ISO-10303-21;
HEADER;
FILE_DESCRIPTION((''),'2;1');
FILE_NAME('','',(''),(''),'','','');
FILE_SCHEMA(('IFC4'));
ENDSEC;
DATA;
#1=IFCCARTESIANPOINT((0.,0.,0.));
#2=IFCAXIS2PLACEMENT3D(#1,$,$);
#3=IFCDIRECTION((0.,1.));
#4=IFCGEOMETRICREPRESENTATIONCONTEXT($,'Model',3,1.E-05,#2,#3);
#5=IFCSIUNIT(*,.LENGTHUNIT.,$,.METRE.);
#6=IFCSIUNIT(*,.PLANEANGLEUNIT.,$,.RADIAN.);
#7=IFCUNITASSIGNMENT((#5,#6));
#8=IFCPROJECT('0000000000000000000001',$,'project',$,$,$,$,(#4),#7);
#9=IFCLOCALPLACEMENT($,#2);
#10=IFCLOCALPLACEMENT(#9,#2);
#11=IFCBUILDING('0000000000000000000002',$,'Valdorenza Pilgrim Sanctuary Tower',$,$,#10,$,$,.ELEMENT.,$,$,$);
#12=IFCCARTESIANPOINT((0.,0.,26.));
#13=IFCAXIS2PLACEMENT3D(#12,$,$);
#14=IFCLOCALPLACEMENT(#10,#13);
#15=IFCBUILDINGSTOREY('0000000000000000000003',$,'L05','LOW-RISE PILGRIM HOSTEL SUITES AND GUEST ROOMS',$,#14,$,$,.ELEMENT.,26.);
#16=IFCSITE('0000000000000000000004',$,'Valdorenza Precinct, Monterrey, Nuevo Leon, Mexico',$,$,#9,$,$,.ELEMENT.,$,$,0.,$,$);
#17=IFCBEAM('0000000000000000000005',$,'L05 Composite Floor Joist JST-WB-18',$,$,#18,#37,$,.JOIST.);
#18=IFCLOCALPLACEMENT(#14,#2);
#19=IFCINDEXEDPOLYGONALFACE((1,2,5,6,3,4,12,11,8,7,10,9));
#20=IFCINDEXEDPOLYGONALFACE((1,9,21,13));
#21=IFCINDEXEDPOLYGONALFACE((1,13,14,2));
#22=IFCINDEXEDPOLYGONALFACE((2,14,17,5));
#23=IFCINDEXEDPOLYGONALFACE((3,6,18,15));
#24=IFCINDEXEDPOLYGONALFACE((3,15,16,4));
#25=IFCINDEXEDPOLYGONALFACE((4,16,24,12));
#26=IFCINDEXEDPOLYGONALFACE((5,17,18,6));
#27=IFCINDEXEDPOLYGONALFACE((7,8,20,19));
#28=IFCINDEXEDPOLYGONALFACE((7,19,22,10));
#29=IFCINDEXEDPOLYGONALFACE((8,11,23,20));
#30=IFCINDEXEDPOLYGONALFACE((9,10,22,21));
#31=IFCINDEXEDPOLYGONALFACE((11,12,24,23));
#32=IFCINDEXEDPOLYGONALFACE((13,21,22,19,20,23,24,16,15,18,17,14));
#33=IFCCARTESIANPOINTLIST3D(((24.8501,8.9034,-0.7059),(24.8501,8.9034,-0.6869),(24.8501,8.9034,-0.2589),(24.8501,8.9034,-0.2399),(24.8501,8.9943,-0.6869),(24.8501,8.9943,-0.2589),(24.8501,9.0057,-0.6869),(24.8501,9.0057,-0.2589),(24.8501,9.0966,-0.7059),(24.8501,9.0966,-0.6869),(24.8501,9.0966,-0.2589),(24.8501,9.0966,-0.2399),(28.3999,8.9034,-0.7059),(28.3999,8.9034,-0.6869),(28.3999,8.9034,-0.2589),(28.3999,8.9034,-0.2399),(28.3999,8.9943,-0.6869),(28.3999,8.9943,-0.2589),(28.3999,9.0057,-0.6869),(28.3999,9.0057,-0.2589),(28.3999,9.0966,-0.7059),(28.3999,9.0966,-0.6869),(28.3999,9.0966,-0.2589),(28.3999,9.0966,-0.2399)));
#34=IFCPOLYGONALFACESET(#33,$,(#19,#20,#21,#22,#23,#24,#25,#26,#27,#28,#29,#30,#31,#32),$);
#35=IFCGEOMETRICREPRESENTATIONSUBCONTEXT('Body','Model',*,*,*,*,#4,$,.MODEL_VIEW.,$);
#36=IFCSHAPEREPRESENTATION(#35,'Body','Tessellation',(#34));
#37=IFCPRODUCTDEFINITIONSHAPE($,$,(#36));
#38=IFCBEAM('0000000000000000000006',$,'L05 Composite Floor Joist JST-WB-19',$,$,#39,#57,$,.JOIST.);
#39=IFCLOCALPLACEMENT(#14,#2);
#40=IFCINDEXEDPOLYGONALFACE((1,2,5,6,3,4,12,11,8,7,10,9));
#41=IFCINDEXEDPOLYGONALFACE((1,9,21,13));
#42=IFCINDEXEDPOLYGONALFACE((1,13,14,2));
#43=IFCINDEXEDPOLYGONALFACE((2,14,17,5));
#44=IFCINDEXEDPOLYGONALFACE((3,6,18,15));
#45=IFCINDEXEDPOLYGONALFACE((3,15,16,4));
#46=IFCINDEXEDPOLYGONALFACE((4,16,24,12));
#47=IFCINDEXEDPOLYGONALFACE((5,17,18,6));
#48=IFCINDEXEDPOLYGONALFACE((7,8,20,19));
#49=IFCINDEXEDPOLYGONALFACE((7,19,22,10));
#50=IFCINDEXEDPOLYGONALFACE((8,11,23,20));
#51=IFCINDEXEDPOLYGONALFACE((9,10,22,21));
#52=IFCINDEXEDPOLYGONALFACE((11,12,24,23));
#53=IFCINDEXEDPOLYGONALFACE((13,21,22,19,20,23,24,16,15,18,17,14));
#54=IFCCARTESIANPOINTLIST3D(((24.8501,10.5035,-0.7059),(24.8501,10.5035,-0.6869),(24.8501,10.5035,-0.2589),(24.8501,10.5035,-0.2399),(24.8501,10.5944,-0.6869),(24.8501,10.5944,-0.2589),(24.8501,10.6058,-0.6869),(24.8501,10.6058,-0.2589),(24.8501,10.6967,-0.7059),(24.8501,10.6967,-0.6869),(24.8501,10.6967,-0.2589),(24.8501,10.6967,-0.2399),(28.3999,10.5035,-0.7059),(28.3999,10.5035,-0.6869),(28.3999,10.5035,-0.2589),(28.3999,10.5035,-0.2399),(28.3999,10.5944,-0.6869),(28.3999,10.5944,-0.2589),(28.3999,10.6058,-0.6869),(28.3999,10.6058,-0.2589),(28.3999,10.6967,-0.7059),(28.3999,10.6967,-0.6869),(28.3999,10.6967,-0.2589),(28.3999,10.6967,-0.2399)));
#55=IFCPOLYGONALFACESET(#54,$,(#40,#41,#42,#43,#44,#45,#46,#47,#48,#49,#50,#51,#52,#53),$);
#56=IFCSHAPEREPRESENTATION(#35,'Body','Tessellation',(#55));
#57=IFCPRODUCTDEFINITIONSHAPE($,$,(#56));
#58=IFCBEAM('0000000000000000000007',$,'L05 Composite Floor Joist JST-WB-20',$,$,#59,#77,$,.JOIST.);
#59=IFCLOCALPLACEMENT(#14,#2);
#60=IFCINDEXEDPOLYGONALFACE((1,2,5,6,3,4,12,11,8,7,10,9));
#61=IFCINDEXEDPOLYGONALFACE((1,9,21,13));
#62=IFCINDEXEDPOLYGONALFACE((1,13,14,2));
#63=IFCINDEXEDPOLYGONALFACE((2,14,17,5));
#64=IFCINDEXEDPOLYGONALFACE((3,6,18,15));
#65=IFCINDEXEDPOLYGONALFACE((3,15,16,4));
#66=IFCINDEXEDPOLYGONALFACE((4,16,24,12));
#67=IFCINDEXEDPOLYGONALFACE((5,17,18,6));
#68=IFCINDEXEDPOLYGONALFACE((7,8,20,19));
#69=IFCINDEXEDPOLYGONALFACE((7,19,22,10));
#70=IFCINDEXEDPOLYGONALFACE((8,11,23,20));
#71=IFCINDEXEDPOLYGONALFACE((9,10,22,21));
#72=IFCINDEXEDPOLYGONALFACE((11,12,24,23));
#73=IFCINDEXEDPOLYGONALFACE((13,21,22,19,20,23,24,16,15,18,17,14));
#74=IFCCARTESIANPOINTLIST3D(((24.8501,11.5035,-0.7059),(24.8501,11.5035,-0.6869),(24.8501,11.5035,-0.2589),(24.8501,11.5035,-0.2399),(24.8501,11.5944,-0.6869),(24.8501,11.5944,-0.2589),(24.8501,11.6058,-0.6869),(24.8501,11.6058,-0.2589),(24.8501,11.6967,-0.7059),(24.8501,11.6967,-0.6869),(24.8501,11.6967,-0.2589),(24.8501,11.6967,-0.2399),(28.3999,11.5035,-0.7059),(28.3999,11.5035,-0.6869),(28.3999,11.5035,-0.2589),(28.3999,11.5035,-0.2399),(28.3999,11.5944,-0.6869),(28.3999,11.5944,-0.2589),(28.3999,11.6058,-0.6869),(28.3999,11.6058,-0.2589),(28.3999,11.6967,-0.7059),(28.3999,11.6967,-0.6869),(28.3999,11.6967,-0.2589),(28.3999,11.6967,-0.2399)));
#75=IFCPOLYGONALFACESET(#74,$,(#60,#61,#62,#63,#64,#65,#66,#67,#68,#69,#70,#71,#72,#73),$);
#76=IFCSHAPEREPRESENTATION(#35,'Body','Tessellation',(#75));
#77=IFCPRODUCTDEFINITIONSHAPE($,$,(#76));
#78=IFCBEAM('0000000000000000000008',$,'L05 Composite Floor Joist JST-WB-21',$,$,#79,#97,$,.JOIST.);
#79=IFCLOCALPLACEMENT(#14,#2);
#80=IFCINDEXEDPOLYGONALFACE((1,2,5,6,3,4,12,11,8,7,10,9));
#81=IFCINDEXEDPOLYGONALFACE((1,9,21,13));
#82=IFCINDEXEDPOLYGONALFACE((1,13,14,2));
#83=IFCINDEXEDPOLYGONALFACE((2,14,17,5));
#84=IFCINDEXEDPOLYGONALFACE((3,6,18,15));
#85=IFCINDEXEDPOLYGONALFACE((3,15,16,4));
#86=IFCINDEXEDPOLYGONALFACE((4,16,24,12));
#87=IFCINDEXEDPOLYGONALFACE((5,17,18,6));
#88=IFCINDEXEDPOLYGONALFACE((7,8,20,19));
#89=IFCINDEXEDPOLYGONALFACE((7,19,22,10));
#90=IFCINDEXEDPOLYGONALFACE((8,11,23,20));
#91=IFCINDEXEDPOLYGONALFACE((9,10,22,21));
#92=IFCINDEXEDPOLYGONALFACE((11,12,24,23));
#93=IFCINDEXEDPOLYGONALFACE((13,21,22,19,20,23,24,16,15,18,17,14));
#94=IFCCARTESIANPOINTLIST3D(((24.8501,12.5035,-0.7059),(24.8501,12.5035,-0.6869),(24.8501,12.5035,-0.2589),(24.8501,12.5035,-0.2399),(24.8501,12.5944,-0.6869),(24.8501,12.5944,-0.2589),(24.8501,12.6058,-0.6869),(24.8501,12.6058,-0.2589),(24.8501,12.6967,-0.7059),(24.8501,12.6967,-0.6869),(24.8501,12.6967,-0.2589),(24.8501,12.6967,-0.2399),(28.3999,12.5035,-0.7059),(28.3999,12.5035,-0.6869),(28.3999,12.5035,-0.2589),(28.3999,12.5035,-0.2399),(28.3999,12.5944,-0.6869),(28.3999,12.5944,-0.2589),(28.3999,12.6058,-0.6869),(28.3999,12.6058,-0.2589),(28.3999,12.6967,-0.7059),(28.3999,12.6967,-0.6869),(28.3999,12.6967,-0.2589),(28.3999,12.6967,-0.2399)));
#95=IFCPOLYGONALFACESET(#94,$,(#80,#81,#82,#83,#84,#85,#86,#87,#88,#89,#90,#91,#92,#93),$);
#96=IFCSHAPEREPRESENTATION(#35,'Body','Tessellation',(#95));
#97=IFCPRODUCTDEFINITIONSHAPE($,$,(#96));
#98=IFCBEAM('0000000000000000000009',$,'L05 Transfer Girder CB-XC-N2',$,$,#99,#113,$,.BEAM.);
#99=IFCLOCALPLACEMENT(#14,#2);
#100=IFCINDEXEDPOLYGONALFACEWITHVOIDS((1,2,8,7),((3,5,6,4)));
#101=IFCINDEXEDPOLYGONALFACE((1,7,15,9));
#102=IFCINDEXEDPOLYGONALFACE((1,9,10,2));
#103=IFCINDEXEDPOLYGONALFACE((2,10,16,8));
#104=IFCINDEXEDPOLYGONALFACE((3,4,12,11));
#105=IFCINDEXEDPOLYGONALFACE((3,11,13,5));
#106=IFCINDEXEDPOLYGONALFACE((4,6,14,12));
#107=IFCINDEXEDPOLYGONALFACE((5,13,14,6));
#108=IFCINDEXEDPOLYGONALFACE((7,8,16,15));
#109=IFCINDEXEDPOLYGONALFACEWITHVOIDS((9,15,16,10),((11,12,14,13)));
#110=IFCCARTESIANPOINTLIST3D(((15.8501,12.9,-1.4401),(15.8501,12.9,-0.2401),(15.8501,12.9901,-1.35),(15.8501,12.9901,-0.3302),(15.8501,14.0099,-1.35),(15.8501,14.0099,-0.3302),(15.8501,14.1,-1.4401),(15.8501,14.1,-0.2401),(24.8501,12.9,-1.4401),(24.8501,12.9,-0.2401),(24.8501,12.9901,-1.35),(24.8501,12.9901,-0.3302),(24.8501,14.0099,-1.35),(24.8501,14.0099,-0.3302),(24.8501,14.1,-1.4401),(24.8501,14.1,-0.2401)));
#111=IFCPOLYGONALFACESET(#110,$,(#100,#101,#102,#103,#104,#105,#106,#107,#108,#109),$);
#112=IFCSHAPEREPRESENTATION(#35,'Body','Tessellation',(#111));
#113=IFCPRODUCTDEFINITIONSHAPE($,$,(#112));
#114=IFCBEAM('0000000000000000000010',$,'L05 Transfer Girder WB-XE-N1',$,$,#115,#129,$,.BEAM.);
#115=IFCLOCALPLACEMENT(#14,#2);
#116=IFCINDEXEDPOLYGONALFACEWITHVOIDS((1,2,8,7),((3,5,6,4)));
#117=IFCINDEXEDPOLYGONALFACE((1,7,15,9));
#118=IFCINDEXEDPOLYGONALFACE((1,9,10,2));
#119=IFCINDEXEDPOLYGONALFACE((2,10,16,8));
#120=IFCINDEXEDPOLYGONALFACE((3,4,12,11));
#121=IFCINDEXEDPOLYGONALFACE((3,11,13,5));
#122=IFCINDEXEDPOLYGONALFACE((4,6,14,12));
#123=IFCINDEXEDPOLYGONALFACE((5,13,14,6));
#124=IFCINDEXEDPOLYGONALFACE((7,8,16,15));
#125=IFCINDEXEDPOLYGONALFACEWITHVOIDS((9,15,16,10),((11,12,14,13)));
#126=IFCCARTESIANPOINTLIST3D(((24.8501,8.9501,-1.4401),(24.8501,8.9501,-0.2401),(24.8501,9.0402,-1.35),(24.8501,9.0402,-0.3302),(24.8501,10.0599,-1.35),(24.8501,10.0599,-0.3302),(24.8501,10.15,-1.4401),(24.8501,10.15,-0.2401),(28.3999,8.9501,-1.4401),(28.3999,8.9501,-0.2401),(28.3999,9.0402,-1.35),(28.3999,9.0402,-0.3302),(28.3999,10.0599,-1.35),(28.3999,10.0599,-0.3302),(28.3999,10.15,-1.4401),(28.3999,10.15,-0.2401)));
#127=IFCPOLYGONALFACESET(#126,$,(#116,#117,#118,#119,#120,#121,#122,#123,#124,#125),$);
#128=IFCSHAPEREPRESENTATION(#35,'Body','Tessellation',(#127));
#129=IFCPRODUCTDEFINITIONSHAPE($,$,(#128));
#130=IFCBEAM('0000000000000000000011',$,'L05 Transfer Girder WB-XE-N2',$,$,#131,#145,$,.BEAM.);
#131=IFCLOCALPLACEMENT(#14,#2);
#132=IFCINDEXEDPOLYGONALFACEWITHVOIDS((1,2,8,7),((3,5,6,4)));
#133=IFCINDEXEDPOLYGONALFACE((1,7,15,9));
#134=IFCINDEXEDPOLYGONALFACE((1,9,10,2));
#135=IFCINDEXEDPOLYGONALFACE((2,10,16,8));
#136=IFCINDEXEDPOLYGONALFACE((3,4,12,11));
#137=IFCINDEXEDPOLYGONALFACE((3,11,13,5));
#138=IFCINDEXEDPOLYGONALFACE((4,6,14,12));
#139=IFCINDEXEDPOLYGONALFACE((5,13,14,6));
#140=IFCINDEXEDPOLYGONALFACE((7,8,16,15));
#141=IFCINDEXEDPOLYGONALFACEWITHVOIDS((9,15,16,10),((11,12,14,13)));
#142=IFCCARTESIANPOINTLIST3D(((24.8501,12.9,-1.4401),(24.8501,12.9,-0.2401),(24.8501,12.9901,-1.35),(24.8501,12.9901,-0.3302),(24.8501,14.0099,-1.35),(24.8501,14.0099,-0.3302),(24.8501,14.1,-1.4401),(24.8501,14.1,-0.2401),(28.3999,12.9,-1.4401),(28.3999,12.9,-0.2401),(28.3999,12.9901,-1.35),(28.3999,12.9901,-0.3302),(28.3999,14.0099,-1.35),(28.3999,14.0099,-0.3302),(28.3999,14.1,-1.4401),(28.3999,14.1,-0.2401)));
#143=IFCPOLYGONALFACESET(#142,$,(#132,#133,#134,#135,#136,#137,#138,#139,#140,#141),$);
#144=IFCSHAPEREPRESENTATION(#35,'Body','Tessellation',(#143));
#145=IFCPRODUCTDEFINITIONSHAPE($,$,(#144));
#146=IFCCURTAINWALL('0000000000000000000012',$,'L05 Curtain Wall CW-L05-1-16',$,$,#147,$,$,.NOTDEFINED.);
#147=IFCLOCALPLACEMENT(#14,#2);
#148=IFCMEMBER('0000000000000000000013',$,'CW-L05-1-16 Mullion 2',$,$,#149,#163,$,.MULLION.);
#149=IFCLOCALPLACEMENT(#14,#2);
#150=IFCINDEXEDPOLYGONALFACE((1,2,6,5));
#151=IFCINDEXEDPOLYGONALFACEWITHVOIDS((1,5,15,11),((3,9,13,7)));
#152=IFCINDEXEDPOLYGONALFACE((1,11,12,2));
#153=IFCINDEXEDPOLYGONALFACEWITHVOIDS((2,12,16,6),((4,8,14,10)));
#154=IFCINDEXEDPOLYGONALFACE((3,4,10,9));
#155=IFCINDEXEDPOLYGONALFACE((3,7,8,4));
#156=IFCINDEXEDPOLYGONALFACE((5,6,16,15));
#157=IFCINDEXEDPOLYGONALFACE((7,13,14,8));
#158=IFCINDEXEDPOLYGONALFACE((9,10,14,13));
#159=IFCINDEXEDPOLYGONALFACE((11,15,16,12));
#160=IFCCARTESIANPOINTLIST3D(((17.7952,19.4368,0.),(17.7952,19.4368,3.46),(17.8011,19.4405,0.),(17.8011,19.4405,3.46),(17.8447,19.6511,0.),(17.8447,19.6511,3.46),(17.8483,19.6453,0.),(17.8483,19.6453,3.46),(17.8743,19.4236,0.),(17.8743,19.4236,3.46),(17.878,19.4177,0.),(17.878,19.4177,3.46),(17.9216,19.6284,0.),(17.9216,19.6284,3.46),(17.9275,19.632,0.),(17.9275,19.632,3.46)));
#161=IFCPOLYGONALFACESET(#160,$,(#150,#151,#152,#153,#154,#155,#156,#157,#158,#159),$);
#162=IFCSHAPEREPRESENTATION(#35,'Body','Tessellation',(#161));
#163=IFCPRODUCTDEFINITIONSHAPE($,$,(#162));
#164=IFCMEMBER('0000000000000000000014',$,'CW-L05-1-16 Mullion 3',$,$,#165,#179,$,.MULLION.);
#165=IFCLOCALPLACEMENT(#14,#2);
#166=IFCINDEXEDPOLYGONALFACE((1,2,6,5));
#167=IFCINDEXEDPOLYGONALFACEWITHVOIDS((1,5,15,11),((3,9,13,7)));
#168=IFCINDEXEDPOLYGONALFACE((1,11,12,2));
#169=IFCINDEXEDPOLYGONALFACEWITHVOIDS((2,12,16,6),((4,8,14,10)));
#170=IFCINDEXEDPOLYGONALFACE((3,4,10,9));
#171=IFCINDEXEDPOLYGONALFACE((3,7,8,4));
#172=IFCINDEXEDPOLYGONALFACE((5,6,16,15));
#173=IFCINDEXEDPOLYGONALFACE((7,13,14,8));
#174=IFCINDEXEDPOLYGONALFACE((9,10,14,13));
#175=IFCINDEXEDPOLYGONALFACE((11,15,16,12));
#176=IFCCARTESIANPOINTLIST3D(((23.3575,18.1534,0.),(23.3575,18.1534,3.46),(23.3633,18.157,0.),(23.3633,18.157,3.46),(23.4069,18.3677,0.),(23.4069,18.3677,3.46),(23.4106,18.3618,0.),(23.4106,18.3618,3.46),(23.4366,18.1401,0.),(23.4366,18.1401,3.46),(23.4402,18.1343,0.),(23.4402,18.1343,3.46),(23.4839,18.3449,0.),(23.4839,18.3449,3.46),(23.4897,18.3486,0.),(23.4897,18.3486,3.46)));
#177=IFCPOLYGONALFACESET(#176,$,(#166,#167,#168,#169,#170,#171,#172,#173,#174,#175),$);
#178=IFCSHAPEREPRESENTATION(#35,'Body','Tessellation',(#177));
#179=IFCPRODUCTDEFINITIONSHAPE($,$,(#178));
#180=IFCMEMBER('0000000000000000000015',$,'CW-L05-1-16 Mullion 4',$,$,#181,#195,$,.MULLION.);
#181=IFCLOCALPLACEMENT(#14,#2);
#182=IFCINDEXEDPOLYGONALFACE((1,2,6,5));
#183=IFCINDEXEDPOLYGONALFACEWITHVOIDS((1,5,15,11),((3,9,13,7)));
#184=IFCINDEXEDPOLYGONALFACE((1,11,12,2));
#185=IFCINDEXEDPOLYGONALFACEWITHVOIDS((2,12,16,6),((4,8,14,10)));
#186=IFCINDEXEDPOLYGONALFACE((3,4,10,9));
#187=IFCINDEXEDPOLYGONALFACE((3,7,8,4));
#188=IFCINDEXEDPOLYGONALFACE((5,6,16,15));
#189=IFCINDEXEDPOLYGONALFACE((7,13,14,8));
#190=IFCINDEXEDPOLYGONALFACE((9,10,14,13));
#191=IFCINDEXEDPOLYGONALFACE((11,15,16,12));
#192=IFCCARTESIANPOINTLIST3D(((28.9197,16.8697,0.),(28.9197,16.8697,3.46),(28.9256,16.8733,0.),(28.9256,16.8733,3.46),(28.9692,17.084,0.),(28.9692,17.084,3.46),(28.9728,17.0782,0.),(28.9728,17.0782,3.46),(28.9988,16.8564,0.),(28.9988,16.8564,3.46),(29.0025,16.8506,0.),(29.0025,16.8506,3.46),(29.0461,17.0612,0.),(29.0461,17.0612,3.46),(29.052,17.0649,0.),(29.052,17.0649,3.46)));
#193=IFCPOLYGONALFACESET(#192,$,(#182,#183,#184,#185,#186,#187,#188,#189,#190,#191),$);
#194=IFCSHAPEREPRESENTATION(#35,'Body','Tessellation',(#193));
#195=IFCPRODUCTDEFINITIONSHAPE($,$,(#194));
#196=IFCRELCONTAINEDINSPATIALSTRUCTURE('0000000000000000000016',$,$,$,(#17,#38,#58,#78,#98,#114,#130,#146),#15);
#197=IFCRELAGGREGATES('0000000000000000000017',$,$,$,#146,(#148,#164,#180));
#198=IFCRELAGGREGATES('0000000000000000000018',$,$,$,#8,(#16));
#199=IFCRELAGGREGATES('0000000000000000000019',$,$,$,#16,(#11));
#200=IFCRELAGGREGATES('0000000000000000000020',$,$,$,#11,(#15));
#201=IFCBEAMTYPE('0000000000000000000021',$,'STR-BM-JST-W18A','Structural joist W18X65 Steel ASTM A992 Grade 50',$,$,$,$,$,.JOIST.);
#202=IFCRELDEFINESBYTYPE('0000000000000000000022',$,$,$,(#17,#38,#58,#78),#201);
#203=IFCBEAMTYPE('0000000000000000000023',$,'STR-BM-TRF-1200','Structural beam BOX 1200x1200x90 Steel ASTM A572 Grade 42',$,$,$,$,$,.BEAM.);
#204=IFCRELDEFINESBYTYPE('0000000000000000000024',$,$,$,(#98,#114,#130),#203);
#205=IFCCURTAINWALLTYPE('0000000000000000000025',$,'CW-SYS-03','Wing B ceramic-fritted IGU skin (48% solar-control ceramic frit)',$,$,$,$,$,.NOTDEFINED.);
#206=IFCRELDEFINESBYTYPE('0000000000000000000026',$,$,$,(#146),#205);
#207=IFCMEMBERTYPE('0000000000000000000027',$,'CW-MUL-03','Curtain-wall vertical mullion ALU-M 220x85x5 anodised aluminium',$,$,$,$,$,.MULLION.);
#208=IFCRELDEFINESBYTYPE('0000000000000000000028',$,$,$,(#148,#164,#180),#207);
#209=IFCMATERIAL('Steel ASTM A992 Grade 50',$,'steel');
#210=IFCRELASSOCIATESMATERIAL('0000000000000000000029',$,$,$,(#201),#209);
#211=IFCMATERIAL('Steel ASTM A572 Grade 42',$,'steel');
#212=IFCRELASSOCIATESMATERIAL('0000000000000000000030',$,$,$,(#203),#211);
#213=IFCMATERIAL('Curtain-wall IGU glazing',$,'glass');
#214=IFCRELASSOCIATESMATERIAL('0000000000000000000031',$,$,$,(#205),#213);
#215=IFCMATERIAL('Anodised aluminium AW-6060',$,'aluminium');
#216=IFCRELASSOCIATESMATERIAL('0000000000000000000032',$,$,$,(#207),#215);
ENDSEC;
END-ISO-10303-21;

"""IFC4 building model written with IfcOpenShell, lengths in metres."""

from ifc_helpers import new_model, si_unit, direction, frame, origin, origin_2d, place, context, subcontext, project, spatial, hollow_rectangle, i_section, extrude, source, transform, mapped, material, material_profile, profile_set, type_object, element, aggregate, save


model = new_model("IFC4")

# Units and contexts
model_context = context("Model", 3, precision=1e-05, world=origin(), true_north=direction((0.0, 1.0)))
body_context = subcontext(model_context, "Body", "Model", "MODEL_VIEW")
ifc_project = project(units=[si_unit("LENGTHUNIT", "METRE"), si_unit("PLANEANGLEUNIT", "RADIAN")], contexts=[model_context])

# Site, building, storey
site_placement = place(None, origin())
site = spatial("IfcSite", under=ifc_project, at=site_placement, Name="Valdorenza Precinct, Monterrey, Nuevo Leon, Mexico", CompositionType="ELEMENT", RefElevation=0.0)
building_placement = place(site_placement, origin())
building = spatial("IfcBuilding", under=site, at=building_placement, Name="Valdorenza Pilgrim Sanctuary Tower", CompositionType="ELEMENT")
storey_placement = place(building_placement, frame((0.0, 0.0, 26.0)))
storey = spatial("IfcBuildingStorey", under=building, at=storey_placement, Name="L05", Description="LOW-RISE PILGRIM HOSTEL SUITES AND GUEST ROOMS", CompositionType="ELEMENT", Elevation=26.0)

# Beams
ifc_material_1 = material(Name="Steel ASTM A992 Grade 50", Category="steel")
ifc_material_profile_1 = material_profile(ifc_material_1, i_section(OverallWidth=0.1931, OverallDepth=0.4661, WebThickness=0.0115, FlangeThickness=0.019, at=origin_2d()), Name="W18X65")
ifc_profile_set_1 = profile_set([ifc_material_profile_1], Name="Steel ASTM A992 Grade 50")
beam_type_1 = type_object("IfcBeamType", Name="STR-BM-JST-W18A", Description="Structural joist W18X65 Steel ASTM A992 Grade 50", PredefinedType="JOIST", material=ifc_profile_set_1)
shared_shape_1 = source(origin(), body_context, "Body", "SweptSolid", [
    extrude(i_section(OverallWidth=0.1931, OverallDepth=0.4661, WebThickness=0.0115, FlangeThickness=0.019, at=origin_2d()), origin(), (0.0, 0.0, 1.0), 3.5498),
])
for number, where, z_axis, x_axis, name in (
    (1, (24.8501, 9.0, -0.4729), (1.0, 0.0, 0.0), (0.0, 1.0, 0.0), "L05 Composite Floor Joist JST-WB-18"),
    (2, (24.8501, 10.6001, -0.4729), (1.0, 0.0, 0.0), (0.0, 1.0, 0.0), "L05 Composite Floor Joist JST-WB-19"),
    (3, (24.8501, 11.6001, -0.4729), (1.0, 0.0, 0.0), (0.0, 1.0, 0.0), "L05 Composite Floor Joist JST-WB-20"),
    (4, (24.8501, 12.6001, -0.4729), (1.0, 0.0, 0.0), (0.0, 1.0, 0.0), "L05 Composite Floor Joist JST-WB-21"),
):
    element("IfcBeam", number, at=place(storey_placement, frame(where, z_axis=z_axis, x_axis=x_axis)), inside=storey, type_object=beam_type_1, Name=name, PredefinedType="JOIST", context=body_context, shape_type="MappedRepresentation", body=[
        mapped(shared_shape_1, transform((0.0, 0.0, 0.0), x_axis=(1.0, 0.0, 0.0), y_axis=(0.0, 1.0, 0.0), z_axis=(0.0, 0.0, 1.0), scale=1.0)),
    ])
ifc_material_2 = material(Name="Steel ASTM A572 Grade 42", Category="steel")
ifc_material_profile_2 = material_profile(ifc_material_2, hollow_rectangle(XDim=1.2, YDim=1.2, WallThickness=0.0901, at=origin_2d()), Name="BOX 1200x1200x90")
ifc_profile_set_2 = profile_set([ifc_material_profile_2], Name="Steel ASTM A572 Grade 42")
beam_type_2 = type_object("IfcBeamType", Name="STR-BM-TRF-1200", Description="Structural beam BOX 1200x1200x90 Steel ASTM A572 Grade 42", PredefinedType="BEAM", material=ifc_profile_set_2)
shared_shape_2 = source(origin(), body_context, "Body", "SweptSolid", [
    extrude(hollow_rectangle(XDim=1.2, YDim=1.2, WallThickness=0.0901, at=origin_2d()), origin(), (0.0, 0.0, 1.0), 9.0),
])
beam_1_placement = place(storey_placement, frame((15.8501, 13.5, -0.8401), z_axis=(1.0, 0.0, 0.0), x_axis=(0.0, 1.0, 0.0)))
element("IfcBeam", 5, at=beam_1_placement, inside=storey, type_object=beam_type_2, Name="L05 Transfer Girder CB-XC-N2", PredefinedType="BEAM", context=body_context, shape_type="MappedRepresentation", body=[
    mapped(shared_shape_2, transform((0.0, 0.0, 0.0), x_axis=(1.0, 0.0, 0.0), y_axis=(0.0, 1.0, 0.0), z_axis=(0.0, 0.0, 1.0), scale=1.0)),
])
shared_shape_3 = source(origin(), body_context, "Body", "SweptSolid", [
    extrude(hollow_rectangle(XDim=1.2, YDim=1.2, WallThickness=0.0901, at=origin_2d()), origin(), (0.0, 0.0, 1.0), 3.5498),
])
for number, where, z_axis, x_axis, name in (
    (6, (24.8501, 9.55, -0.8401), (1.0, 0.0, 0.0), (0.0, 1.0, 0.0), "L05 Transfer Girder WB-XE-N1"),
    (7, (24.8501, 13.5, -0.8401), (1.0, 0.0, 0.0), (0.0, 1.0, 0.0), "L05 Transfer Girder WB-XE-N2"),
):
    element("IfcBeam", number, at=place(storey_placement, frame(where, z_axis=z_axis, x_axis=x_axis)), inside=storey, type_object=beam_type_2, Name=name, PredefinedType="BEAM", context=body_context, shape_type="MappedRepresentation", body=[
        mapped(shared_shape_3, transform((0.0, 0.0, 0.0), x_axis=(1.0, 0.0, 0.0), y_axis=(0.0, 1.0, 0.0), z_axis=(0.0, 0.0, 1.0), scale=1.0)),
    ])

# Curtain wall, members
ifc_material_3 = material(Name="Curtain-wall IGU glazing", Category="glass")
curtain_wall_type = type_object("IfcCurtainWallType", Name="CW-SYS-03", Description="Wing B ceramic-fritted IGU skin (48% solar-control ceramic frit)", PredefinedType="NOTDEFINED", material=ifc_material_3)
curtain_wall_1_placement = place(storey_placement, origin())
curtain_wall_1 = element("IfcCurtainWall", 8, at=curtain_wall_1_placement, inside=storey, type_object=curtain_wall_type, Name="L05 Curtain Wall CW-L05-1-16", PredefinedType="NOTDEFINED")
ifc_material_4 = material(Name="Anodised aluminium AW-6060", Category="aluminium")
ifc_material_profile_3 = material_profile(ifc_material_4, hollow_rectangle(XDim=0.085, YDim=0.22, WallThickness=0.0049, at=origin_2d()), Name="ALU-M 220x85x5")
ifc_profile_set_3 = profile_set([ifc_material_profile_3], Name="Anodised aluminium AW-6060")
member_type_1 = type_object("IfcMemberType", Name="CW-MUL-03", Description="Curtain-wall vertical mullion ALU-M 220x85x5 anodised aluminium", PredefinedType="MULLION", material=ifc_profile_set_3)
shared_shape_4 = source(origin(), body_context, "Body", "SweptSolid", [
    extrude(hollow_rectangle(XDim=0.085, YDim=0.22, WallThickness=0.0049, at=origin_2d()), origin(), (0.0, 0.0, 1.0), 3.46),
])
member_1_placement = place(storey_placement, frame((17.8613, 19.5344, 0.0), z_axis=(0.0, 0.0, 1.0), x_axis=(0.97439, -0.224866, 0.0)))
member_1 = element("IfcMember", 9, at=member_1_placement, type_object=member_type_1, Name="CW-L05-1-16 Mullion 2", PredefinedType="MULLION", context=body_context, shape_type="MappedRepresentation", body=[
    mapped(shared_shape_4, transform((0.0, 0.0, 0.0), x_axis=(1.0, 0.0, 0.0), y_axis=(0.0, 1.0, 0.0), z_axis=(0.0, 0.0, 1.0), scale=1.0)),
])
member_2_placement = place(storey_placement, frame((23.4236, 18.251, 0.0), z_axis=(0.0, 0.0, 1.0), x_axis=(0.97439, -0.224866, 0.0)))
member_2 = element("IfcMember", 10, at=member_2_placement, type_object=member_type_1, Name="CW-L05-1-16 Mullion 3", PredefinedType="MULLION", context=body_context, shape_type="MappedRepresentation", body=[
    mapped(shared_shape_4, transform((0.0, 0.0, 0.0), x_axis=(1.0, 0.0, 0.0), y_axis=(0.0, 1.0, 0.0), z_axis=(0.0, 0.0, 1.0), scale=1.0)),
])
member_3_placement = place(storey_placement, frame((28.9858, 16.9673, 0.0), z_axis=(0.0, 0.0, 1.0), x_axis=(0.97439, -0.224866, 0.0)))
member_3 = element("IfcMember", 11, at=member_3_placement, type_object=member_type_1, Name="CW-L05-1-16 Mullion 4", PredefinedType="MULLION", context=body_context, shape_type="MappedRepresentation", body=[
    mapped(shared_shape_4, transform((0.0, 0.0, 0.0), x_axis=(1.0, 0.0, 0.0), y_axis=(0.0, 1.0, 0.0), z_axis=(0.0, 0.0, 1.0), scale=1.0)),
])

aggregate(curtain_wall_1, [member_1, member_2, member_3])

save(model, "model.ifc")
